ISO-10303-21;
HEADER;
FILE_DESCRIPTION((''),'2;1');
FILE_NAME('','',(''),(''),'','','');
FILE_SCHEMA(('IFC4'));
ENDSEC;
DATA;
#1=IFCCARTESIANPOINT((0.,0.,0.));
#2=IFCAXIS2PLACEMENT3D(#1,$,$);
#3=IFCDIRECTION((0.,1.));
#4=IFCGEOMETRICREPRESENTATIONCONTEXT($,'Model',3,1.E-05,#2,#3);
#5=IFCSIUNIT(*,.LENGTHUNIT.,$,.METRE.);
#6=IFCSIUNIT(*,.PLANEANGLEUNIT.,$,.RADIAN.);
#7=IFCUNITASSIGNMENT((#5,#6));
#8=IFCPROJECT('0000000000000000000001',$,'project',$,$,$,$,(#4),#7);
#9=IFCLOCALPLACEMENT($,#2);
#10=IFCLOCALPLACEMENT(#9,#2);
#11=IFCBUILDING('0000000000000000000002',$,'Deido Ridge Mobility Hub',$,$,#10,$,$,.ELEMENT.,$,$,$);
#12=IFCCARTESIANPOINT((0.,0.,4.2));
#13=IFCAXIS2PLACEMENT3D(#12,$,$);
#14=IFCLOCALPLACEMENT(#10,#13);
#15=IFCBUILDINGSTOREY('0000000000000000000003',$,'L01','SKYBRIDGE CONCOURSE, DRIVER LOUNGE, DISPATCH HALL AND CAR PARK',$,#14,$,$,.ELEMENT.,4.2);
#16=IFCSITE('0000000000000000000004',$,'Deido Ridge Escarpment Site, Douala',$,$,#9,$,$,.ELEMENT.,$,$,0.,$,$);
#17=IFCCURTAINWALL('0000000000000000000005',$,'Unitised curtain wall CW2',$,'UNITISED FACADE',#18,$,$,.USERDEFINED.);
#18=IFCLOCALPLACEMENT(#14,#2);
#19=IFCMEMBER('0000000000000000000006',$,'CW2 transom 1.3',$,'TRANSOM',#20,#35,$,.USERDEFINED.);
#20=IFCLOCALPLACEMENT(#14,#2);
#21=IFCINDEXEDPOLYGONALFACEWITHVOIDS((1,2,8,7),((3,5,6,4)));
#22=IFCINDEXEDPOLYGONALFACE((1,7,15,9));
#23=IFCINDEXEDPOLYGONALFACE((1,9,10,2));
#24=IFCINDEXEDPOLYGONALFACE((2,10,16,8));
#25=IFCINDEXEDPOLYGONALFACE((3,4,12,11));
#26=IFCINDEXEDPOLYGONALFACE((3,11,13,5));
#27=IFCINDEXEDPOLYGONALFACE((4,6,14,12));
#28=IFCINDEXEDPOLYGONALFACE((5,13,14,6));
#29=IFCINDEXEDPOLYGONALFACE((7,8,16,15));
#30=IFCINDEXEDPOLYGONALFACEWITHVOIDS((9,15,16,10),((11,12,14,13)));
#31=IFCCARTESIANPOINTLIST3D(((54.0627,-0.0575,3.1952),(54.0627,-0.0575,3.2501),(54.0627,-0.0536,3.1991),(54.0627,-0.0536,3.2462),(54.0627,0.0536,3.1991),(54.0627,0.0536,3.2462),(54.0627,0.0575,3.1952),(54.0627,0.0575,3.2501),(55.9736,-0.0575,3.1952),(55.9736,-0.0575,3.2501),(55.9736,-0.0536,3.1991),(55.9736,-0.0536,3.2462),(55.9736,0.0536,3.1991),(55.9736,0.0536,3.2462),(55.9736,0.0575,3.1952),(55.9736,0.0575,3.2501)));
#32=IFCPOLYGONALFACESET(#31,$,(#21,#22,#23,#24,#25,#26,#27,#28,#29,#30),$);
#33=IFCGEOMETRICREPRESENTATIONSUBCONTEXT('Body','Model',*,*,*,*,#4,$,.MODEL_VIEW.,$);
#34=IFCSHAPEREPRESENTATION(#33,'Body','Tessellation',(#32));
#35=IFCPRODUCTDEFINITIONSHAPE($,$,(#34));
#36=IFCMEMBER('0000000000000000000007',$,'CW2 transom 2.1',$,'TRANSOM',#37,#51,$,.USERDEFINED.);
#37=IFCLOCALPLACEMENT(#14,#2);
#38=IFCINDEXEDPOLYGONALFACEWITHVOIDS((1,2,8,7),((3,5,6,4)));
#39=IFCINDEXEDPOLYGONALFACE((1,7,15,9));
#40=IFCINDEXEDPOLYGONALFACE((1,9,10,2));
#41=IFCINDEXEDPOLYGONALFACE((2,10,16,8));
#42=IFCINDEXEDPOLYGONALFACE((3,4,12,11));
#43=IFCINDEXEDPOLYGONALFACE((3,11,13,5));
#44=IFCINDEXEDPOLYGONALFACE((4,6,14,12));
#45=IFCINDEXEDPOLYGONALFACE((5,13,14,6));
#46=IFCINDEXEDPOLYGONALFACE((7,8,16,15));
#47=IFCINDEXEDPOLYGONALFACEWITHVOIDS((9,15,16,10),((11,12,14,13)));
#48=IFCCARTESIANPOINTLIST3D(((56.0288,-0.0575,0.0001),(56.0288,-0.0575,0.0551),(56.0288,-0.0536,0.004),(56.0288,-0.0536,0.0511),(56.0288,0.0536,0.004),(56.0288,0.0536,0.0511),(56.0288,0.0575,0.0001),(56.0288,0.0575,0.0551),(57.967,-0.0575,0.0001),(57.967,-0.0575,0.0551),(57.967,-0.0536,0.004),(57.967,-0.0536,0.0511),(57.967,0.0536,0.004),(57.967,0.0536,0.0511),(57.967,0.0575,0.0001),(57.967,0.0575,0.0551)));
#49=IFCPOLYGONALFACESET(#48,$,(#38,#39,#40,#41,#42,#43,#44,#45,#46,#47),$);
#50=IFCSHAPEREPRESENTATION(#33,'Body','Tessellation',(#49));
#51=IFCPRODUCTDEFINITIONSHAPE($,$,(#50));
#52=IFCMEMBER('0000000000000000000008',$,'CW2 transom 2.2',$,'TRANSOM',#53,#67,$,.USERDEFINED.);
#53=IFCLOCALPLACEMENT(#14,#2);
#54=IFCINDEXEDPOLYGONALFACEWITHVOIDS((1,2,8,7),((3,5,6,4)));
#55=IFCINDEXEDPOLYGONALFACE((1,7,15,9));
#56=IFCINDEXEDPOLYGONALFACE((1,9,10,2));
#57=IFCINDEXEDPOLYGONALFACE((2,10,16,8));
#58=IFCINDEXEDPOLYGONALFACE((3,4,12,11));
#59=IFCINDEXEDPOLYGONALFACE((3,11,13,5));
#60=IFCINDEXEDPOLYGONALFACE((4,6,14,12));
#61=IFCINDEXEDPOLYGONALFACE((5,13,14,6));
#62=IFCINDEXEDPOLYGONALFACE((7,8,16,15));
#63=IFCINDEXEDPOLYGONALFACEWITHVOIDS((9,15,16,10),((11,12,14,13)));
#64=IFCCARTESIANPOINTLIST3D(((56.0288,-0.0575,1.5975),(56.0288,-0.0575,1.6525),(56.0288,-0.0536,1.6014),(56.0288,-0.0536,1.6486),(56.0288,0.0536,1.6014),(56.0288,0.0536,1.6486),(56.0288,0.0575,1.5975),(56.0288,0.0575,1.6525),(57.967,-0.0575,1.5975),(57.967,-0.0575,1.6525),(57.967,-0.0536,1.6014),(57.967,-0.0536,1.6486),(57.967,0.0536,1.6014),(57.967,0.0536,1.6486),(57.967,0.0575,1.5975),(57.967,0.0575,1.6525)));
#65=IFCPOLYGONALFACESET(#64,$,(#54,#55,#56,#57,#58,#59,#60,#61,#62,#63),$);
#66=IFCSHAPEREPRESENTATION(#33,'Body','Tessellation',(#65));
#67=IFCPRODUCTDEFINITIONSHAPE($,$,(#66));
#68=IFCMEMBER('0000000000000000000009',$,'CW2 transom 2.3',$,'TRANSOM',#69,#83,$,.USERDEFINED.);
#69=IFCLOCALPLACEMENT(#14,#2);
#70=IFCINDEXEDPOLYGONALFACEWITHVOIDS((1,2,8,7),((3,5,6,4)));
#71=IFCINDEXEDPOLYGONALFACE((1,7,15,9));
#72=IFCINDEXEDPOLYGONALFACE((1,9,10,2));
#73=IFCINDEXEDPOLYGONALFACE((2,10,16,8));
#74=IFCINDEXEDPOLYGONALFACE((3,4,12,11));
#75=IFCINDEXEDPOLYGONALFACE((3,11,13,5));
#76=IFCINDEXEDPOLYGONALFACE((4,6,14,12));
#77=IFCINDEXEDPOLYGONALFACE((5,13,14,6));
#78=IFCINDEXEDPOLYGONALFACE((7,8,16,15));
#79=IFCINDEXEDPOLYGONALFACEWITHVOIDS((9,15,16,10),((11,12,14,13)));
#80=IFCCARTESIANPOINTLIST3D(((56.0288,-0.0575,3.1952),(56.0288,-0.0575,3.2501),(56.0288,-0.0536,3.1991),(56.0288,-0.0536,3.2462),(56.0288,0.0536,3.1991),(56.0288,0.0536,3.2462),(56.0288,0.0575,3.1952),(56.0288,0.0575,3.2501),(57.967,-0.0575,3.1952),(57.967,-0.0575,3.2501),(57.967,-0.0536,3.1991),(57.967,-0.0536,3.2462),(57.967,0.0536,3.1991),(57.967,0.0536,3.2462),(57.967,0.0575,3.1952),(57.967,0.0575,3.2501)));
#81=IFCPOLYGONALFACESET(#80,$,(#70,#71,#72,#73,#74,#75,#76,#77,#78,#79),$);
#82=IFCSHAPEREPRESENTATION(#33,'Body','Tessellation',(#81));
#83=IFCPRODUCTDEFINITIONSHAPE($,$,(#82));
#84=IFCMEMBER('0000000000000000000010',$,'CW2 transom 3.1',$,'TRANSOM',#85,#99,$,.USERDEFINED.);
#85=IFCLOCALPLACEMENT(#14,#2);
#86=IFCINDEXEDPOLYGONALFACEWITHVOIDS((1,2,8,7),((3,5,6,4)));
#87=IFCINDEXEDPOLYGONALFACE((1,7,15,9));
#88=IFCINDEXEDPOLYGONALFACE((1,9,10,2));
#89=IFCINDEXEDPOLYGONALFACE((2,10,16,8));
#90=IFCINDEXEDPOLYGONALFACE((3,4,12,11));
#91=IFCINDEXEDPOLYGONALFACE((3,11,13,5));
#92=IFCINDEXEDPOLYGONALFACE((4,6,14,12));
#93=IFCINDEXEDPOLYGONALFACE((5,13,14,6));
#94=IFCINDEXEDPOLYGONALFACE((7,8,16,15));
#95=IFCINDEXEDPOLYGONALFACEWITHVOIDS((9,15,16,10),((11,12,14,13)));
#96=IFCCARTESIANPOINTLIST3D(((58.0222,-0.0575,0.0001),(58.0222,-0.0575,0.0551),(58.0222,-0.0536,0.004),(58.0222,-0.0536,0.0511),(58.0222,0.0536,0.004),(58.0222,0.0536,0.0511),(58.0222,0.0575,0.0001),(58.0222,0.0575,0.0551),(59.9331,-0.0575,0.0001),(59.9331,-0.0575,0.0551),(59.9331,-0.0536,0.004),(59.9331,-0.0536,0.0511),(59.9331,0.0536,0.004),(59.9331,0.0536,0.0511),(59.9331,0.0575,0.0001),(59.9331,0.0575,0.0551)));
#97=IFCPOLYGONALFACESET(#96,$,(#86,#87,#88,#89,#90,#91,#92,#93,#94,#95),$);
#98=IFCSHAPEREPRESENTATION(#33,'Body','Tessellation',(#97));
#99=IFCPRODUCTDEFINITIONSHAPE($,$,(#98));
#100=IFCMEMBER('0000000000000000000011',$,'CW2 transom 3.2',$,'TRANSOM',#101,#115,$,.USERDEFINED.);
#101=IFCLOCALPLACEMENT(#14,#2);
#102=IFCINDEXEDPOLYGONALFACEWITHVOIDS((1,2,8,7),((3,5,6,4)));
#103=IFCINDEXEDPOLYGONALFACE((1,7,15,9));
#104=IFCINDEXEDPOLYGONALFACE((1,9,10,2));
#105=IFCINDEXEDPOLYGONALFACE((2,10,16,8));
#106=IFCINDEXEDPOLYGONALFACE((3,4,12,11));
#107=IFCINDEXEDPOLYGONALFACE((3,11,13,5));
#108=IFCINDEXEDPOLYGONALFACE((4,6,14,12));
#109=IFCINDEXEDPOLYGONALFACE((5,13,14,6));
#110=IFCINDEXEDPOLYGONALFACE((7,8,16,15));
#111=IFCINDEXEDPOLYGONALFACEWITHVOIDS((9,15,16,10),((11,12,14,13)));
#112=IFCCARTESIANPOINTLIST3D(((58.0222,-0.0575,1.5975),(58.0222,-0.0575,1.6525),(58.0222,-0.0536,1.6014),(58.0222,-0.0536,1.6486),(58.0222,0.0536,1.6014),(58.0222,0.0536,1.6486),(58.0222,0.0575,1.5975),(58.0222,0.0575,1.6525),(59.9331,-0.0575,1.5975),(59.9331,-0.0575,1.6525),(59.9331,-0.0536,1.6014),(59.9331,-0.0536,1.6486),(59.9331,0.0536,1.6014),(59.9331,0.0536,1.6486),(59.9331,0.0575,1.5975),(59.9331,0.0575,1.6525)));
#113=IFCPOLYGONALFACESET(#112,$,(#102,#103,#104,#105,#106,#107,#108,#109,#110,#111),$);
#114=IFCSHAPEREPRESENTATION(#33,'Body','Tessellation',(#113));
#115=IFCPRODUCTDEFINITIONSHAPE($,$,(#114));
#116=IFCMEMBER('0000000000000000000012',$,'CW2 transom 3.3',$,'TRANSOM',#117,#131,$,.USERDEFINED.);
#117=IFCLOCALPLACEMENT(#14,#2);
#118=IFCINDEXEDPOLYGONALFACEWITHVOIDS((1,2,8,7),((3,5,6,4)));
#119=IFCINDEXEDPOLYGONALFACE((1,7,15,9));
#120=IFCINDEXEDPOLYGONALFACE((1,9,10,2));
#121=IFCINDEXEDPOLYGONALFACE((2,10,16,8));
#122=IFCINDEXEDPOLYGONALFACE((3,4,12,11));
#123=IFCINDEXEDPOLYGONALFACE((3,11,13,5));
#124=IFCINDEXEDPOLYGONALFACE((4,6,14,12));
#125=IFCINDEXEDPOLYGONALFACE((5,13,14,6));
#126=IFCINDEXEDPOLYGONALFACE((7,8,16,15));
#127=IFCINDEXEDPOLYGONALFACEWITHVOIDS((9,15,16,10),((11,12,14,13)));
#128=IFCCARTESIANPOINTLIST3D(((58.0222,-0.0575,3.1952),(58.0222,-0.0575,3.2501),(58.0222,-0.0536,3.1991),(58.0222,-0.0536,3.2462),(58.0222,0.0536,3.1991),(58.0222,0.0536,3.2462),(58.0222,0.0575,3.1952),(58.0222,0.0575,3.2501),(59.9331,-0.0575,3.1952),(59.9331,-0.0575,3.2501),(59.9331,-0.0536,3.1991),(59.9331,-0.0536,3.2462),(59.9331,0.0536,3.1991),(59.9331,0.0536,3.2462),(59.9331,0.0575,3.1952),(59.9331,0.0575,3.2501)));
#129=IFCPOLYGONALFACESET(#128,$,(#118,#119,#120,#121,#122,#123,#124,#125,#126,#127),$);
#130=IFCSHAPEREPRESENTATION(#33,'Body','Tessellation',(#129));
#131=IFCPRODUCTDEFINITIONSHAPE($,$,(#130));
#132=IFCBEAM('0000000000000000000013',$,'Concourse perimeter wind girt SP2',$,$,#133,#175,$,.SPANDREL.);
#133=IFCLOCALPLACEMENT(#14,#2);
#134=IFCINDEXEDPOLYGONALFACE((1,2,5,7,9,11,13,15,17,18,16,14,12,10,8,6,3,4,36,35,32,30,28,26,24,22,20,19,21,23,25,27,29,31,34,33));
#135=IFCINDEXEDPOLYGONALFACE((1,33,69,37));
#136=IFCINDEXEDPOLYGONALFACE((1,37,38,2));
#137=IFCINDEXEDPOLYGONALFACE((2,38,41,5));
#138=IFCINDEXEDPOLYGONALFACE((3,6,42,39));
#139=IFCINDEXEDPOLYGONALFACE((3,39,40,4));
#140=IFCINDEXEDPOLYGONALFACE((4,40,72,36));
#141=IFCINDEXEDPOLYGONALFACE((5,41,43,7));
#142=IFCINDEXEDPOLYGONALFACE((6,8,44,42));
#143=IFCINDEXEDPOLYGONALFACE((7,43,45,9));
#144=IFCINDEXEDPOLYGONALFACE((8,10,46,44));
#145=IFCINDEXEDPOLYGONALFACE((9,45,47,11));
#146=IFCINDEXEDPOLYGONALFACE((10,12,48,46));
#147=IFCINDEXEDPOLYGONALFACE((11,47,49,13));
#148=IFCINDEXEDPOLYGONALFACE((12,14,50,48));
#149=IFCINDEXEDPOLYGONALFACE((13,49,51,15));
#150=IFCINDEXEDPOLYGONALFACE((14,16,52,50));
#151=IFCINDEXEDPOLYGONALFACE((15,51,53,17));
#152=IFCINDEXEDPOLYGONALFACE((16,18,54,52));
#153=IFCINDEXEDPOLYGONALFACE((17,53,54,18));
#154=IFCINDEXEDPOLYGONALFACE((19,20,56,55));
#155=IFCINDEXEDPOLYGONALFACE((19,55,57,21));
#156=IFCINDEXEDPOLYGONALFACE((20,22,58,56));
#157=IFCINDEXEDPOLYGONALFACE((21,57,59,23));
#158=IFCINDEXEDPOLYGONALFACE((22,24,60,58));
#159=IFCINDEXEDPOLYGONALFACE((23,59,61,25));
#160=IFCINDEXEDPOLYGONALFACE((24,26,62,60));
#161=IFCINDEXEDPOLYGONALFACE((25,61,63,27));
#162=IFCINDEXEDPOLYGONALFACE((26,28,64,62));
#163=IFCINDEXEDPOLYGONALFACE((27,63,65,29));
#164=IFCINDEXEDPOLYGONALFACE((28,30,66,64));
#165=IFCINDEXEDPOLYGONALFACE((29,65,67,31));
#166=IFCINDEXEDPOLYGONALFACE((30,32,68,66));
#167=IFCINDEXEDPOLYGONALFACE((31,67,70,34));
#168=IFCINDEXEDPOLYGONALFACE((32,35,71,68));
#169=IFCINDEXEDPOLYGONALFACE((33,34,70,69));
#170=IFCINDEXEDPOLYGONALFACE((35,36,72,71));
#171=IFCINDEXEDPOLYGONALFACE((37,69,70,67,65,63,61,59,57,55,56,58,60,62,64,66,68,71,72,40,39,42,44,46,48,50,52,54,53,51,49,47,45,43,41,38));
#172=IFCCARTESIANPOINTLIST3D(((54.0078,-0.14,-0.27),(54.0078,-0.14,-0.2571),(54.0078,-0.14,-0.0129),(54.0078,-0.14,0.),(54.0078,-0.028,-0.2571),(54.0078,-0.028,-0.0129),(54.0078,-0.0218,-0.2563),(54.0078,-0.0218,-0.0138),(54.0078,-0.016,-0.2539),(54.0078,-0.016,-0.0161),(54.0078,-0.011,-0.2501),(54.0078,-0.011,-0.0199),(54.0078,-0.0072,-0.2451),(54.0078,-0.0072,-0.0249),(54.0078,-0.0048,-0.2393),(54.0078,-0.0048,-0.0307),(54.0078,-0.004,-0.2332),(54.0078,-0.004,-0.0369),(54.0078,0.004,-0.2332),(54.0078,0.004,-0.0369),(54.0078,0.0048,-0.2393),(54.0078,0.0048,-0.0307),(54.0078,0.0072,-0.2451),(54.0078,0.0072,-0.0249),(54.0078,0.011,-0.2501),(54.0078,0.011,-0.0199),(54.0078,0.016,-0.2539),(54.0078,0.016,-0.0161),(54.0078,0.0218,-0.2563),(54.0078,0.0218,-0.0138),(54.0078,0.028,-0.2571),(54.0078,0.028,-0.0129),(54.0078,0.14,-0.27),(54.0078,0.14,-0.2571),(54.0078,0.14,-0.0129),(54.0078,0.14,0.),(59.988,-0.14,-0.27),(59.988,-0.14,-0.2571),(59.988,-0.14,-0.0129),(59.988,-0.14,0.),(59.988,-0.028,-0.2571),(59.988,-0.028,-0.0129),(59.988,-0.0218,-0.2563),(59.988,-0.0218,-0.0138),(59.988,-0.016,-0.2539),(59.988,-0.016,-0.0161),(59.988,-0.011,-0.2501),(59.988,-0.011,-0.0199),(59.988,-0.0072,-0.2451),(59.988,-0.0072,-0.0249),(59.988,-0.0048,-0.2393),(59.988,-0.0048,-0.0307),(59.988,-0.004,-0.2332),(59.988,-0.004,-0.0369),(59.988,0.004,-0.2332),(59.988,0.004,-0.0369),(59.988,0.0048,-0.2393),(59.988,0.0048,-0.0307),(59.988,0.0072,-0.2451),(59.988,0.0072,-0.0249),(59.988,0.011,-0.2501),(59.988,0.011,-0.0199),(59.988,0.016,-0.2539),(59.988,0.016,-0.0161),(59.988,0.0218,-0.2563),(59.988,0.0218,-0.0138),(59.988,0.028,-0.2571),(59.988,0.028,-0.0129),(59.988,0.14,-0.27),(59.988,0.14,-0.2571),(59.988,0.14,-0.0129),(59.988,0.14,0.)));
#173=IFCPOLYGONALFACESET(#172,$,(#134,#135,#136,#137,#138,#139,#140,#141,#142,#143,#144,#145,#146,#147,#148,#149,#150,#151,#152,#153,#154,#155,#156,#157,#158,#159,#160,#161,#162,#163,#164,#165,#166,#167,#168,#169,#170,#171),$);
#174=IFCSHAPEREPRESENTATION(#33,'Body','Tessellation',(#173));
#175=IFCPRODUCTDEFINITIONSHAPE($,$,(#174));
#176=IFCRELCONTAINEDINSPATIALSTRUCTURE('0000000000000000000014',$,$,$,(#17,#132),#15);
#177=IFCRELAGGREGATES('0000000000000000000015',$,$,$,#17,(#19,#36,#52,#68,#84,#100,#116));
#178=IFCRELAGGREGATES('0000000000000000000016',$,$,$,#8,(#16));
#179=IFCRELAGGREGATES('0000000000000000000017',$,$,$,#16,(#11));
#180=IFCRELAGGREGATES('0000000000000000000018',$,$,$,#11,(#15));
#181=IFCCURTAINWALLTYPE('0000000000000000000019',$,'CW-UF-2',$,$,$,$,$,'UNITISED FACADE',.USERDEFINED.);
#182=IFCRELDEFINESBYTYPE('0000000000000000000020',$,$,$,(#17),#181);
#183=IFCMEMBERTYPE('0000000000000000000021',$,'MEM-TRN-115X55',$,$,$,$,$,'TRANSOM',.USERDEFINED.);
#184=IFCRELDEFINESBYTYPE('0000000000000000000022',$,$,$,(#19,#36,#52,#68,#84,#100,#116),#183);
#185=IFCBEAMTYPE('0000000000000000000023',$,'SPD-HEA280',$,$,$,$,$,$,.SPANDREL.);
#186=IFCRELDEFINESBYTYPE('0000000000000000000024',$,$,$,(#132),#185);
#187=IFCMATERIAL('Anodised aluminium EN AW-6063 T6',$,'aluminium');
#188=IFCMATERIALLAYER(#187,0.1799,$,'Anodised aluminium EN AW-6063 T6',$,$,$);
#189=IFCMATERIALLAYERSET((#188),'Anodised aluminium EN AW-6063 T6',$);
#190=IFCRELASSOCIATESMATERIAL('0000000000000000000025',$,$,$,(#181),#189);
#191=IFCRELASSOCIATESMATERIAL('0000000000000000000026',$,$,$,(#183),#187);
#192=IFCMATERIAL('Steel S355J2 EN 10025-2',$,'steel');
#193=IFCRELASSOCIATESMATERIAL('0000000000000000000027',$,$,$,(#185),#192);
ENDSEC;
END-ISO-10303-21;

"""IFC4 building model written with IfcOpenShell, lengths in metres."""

from ifc_helpers import new_model, si_unit, direction, frame, origin, origin_2d, place, context, subcontext, project, spatial, hollow_rectangle, i_section, extrude, material, layer, layer_set, material_profile, profile_set, type_object, element, aggregate, save


model = new_model("IFC4")

# Units and contexts
model_context = context("Model", 3, precision=1e-05, world=origin(), true_north=direction((0.0, 1.0)))
body_context = subcontext(model_context, "Body", "Model", "MODEL_VIEW")
ifc_project = project(units=[si_unit("LENGTHUNIT", "METRE"), si_unit("PLANEANGLEUNIT", "RADIAN")], contexts=[model_context])

# Site, building, storey
site_placement = place(None, origin())
site = spatial("IfcSite", under=ifc_project, at=site_placement, Name="Deido Ridge Escarpment Site, Douala", CompositionType="ELEMENT", RefElevation=0.0)
building_placement = place(site_placement, origin())
building = spatial("IfcBuilding", under=site, at=building_placement, Name="Deido Ridge Mobility Hub", CompositionType="ELEMENT")
storey_placement = place(building_placement, frame((0.0, 0.0, 4.2)))
storey = spatial("IfcBuildingStorey", under=building, at=storey_placement, Name="L01", Description="SKYBRIDGE CONCOURSE, DRIVER LOUNGE, DISPATCH HALL AND CAR PARK", CompositionType="ELEMENT", Elevation=4.2)

# Shared definitions
ifc_material_1 = material(Name="Steel S355J2 EN 10025-2", Category="steel")

# Curtain wall
ifc_material_2 = material(Name="Anodised aluminium EN AW-6063 T6", Category="aluminium")
ifc_layer_1 = layer(ifc_material_2, 0.1799, Name="Anodised aluminium EN AW-6063 T6")
ifc_layer_set_1 = layer_set([ifc_layer_1], Name="Anodised aluminium EN AW-6063 T6")
curtain_wall_type_1 = type_object("IfcCurtainWallType", Name="CW-UF-2", ElementType="UNITISED FACADE", PredefinedType="USERDEFINED", material=ifc_layer_set_1)
curtain_wall_1_placement = place(storey_placement, origin())
curtain_wall_1 = element("IfcCurtainWall", 1, at=curtain_wall_1_placement, inside=storey, type_object=curtain_wall_type_1, Name="Unitised curtain wall CW2", ObjectType="UNITISED FACADE", PredefinedType="USERDEFINED")

# Members
ifc_material_profile_1 = material_profile(ifc_material_2, hollow_rectangle(XDim=0.115, YDim=0.0549, WallThickness=0.0039, at=origin_2d()), Name="RHS 115x55x4")
ifc_profile_set_1 = profile_set([ifc_material_profile_1], Name="Anodised aluminium EN AW-6063 T6")
member_type_1 = type_object("IfcMemberType", Name="MEM-TRN-115X55", ElementType="TRANSOM", PredefinedType="USERDEFINED", material=ifc_profile_set_1)
member_1_placement = place(storey_placement, frame((54.0627, 0.0, 3.2227), z_axis=(1.0, 0.0, 0.0), x_axis=(0.0, 1.0, 0.0)))
member_1 = element("IfcMember", 2, at=member_1_placement, type_object=member_type_1, Name="CW2 transom 1.3", ObjectType="TRANSOM", PredefinedType="USERDEFINED", context=body_context, shape_type="SweptSolid", body=[
    extrude(hollow_rectangle(XDim=0.115, YDim=0.0549, WallThickness=0.0039, at=origin_2d()), origin(), (0.0, 0.0, 1.0), 1.9109),
])
member_2_placement = place(storey_placement, frame((56.0288, 0.0, 0.0276), z_axis=(1.0, 0.0, 0.0), x_axis=(0.0, 1.0, 0.0)))
member_2 = element("IfcMember", 3, at=member_2_placement, type_object=member_type_1, Name="CW2 transom 2.1", ObjectType="TRANSOM", PredefinedType="USERDEFINED", context=body_context, shape_type="SweptSolid", body=[
    extrude(hollow_rectangle(XDim=0.115, YDim=0.0549, WallThickness=0.0039, at=origin_2d()), origin(), (0.0, 0.0, 1.0), 1.9382),
])
member_3_placement = place(storey_placement, frame((56.0288, 0.0, 1.625), z_axis=(1.0, 0.0, 0.0), x_axis=(0.0, 1.0, 0.0)))
member_3 = element("IfcMember", 4, at=member_3_placement, type_object=member_type_1, Name="CW2 transom 2.2", ObjectType="TRANSOM", PredefinedType="USERDEFINED", context=body_context, shape_type="SweptSolid", body=[
    extrude(hollow_rectangle(XDim=0.115, YDim=0.0549, WallThickness=0.0039, at=origin_2d()), origin(), (0.0, 0.0, 1.0), 1.9382),
])
member_4_placement = place(storey_placement, frame((56.0288, 0.0, 3.2227), z_axis=(1.0, 0.0, 0.0), x_axis=(0.0, 1.0, 0.0)))
member_4 = element("IfcMember", 5, at=member_4_placement, type_object=member_type_1, Name="CW2 transom 2.3", ObjectType="TRANSOM", PredefinedType="USERDEFINED", context=body_context, shape_type="SweptSolid", body=[
    extrude(hollow_rectangle(XDim=0.115, YDim=0.0549, WallThickness=0.0039, at=origin_2d()), origin(), (0.0, 0.0, 1.0), 1.9382),
])
member_5_placement = place(storey_placement, frame((58.0222, 0.0, 0.0276), z_axis=(1.0, 0.0, 0.0), x_axis=(0.0, 1.0, 0.0)))
member_5 = element("IfcMember", 6, at=member_5_placement, type_object=member_type_1, Name="CW2 transom 3.1", ObjectType="TRANSOM", PredefinedType="USERDEFINED", context=body_context, shape_type="SweptSolid", body=[
    extrude(hollow_rectangle(XDim=0.115, YDim=0.0549, WallThickness=0.0039, at=origin_2d()), origin(), (0.0, 0.0, 1.0), 1.9109),
])
member_6_placement = place(storey_placement, frame((58.0222, 0.0, 1.625), z_axis=(1.0, 0.0, 0.0), x_axis=(0.0, 1.0, 0.0)))
member_6 = element("IfcMember", 7, at=member_6_placement, type_object=member_type_1, Name="CW2 transom 3.2", ObjectType="TRANSOM", PredefinedType="USERDEFINED", context=body_context, shape_type="SweptSolid", body=[
    extrude(hollow_rectangle(XDim=0.115, YDim=0.0549, WallThickness=0.0039, at=origin_2d()), origin(), (0.0, 0.0, 1.0), 1.9109),
])
member_7_placement = place(storey_placement, frame((58.0222, 0.0, 3.2227), z_axis=(1.0, 0.0, 0.0), x_axis=(0.0, 1.0, 0.0)))
member_7 = element("IfcMember", 8, at=member_7_placement, type_object=member_type_1, Name="CW2 transom 3.3", ObjectType="TRANSOM", PredefinedType="USERDEFINED", context=body_context, shape_type="SweptSolid", body=[
    extrude(hollow_rectangle(XDim=0.115, YDim=0.0549, WallThickness=0.0039, at=origin_2d()), origin(), (0.0, 0.0, 1.0), 1.9109),
])

# Beam
ifc_material_profile_2 = material_profile(ifc_material_1, i_section(OverallWidth=0.28, OverallDepth=0.27, WebThickness=0.0081, FlangeThickness=0.0129, FilletRadius=0.0239, at=origin_2d()), Name="HEA 280")
ifc_profile_set_2 = profile_set([ifc_material_profile_2], Name="Steel S355J2 EN 10025-2")
beam_type = type_object("IfcBeamType", Name="SPD-HEA280", PredefinedType="SPANDREL", material=ifc_profile_set_2)
beam_1_placement = place(storey_placement, frame((54.0078, 0.0, -0.135), z_axis=(1.0, 0.0, 0.0), x_axis=(0.0, 1.0, 0.0)))
element("IfcBeam", 9, at=beam_1_placement, inside=storey, type_object=beam_type, Name="Concourse perimeter wind girt SP2", PredefinedType="SPANDREL", context=body_context, shape_type="SweptSolid", body=[
    extrude(i_section(OverallWidth=0.28, OverallDepth=0.27, WebThickness=0.0081, FlangeThickness=0.0129, FilletRadius=0.0239, at=origin_2d()), origin(), (0.0, 0.0, 1.0), 5.9802),
])

aggregate(curtain_wall_1, [member_1, member_2, member_3, member_4, member_5, member_6, member_7])

save(model, "model.ifc")
